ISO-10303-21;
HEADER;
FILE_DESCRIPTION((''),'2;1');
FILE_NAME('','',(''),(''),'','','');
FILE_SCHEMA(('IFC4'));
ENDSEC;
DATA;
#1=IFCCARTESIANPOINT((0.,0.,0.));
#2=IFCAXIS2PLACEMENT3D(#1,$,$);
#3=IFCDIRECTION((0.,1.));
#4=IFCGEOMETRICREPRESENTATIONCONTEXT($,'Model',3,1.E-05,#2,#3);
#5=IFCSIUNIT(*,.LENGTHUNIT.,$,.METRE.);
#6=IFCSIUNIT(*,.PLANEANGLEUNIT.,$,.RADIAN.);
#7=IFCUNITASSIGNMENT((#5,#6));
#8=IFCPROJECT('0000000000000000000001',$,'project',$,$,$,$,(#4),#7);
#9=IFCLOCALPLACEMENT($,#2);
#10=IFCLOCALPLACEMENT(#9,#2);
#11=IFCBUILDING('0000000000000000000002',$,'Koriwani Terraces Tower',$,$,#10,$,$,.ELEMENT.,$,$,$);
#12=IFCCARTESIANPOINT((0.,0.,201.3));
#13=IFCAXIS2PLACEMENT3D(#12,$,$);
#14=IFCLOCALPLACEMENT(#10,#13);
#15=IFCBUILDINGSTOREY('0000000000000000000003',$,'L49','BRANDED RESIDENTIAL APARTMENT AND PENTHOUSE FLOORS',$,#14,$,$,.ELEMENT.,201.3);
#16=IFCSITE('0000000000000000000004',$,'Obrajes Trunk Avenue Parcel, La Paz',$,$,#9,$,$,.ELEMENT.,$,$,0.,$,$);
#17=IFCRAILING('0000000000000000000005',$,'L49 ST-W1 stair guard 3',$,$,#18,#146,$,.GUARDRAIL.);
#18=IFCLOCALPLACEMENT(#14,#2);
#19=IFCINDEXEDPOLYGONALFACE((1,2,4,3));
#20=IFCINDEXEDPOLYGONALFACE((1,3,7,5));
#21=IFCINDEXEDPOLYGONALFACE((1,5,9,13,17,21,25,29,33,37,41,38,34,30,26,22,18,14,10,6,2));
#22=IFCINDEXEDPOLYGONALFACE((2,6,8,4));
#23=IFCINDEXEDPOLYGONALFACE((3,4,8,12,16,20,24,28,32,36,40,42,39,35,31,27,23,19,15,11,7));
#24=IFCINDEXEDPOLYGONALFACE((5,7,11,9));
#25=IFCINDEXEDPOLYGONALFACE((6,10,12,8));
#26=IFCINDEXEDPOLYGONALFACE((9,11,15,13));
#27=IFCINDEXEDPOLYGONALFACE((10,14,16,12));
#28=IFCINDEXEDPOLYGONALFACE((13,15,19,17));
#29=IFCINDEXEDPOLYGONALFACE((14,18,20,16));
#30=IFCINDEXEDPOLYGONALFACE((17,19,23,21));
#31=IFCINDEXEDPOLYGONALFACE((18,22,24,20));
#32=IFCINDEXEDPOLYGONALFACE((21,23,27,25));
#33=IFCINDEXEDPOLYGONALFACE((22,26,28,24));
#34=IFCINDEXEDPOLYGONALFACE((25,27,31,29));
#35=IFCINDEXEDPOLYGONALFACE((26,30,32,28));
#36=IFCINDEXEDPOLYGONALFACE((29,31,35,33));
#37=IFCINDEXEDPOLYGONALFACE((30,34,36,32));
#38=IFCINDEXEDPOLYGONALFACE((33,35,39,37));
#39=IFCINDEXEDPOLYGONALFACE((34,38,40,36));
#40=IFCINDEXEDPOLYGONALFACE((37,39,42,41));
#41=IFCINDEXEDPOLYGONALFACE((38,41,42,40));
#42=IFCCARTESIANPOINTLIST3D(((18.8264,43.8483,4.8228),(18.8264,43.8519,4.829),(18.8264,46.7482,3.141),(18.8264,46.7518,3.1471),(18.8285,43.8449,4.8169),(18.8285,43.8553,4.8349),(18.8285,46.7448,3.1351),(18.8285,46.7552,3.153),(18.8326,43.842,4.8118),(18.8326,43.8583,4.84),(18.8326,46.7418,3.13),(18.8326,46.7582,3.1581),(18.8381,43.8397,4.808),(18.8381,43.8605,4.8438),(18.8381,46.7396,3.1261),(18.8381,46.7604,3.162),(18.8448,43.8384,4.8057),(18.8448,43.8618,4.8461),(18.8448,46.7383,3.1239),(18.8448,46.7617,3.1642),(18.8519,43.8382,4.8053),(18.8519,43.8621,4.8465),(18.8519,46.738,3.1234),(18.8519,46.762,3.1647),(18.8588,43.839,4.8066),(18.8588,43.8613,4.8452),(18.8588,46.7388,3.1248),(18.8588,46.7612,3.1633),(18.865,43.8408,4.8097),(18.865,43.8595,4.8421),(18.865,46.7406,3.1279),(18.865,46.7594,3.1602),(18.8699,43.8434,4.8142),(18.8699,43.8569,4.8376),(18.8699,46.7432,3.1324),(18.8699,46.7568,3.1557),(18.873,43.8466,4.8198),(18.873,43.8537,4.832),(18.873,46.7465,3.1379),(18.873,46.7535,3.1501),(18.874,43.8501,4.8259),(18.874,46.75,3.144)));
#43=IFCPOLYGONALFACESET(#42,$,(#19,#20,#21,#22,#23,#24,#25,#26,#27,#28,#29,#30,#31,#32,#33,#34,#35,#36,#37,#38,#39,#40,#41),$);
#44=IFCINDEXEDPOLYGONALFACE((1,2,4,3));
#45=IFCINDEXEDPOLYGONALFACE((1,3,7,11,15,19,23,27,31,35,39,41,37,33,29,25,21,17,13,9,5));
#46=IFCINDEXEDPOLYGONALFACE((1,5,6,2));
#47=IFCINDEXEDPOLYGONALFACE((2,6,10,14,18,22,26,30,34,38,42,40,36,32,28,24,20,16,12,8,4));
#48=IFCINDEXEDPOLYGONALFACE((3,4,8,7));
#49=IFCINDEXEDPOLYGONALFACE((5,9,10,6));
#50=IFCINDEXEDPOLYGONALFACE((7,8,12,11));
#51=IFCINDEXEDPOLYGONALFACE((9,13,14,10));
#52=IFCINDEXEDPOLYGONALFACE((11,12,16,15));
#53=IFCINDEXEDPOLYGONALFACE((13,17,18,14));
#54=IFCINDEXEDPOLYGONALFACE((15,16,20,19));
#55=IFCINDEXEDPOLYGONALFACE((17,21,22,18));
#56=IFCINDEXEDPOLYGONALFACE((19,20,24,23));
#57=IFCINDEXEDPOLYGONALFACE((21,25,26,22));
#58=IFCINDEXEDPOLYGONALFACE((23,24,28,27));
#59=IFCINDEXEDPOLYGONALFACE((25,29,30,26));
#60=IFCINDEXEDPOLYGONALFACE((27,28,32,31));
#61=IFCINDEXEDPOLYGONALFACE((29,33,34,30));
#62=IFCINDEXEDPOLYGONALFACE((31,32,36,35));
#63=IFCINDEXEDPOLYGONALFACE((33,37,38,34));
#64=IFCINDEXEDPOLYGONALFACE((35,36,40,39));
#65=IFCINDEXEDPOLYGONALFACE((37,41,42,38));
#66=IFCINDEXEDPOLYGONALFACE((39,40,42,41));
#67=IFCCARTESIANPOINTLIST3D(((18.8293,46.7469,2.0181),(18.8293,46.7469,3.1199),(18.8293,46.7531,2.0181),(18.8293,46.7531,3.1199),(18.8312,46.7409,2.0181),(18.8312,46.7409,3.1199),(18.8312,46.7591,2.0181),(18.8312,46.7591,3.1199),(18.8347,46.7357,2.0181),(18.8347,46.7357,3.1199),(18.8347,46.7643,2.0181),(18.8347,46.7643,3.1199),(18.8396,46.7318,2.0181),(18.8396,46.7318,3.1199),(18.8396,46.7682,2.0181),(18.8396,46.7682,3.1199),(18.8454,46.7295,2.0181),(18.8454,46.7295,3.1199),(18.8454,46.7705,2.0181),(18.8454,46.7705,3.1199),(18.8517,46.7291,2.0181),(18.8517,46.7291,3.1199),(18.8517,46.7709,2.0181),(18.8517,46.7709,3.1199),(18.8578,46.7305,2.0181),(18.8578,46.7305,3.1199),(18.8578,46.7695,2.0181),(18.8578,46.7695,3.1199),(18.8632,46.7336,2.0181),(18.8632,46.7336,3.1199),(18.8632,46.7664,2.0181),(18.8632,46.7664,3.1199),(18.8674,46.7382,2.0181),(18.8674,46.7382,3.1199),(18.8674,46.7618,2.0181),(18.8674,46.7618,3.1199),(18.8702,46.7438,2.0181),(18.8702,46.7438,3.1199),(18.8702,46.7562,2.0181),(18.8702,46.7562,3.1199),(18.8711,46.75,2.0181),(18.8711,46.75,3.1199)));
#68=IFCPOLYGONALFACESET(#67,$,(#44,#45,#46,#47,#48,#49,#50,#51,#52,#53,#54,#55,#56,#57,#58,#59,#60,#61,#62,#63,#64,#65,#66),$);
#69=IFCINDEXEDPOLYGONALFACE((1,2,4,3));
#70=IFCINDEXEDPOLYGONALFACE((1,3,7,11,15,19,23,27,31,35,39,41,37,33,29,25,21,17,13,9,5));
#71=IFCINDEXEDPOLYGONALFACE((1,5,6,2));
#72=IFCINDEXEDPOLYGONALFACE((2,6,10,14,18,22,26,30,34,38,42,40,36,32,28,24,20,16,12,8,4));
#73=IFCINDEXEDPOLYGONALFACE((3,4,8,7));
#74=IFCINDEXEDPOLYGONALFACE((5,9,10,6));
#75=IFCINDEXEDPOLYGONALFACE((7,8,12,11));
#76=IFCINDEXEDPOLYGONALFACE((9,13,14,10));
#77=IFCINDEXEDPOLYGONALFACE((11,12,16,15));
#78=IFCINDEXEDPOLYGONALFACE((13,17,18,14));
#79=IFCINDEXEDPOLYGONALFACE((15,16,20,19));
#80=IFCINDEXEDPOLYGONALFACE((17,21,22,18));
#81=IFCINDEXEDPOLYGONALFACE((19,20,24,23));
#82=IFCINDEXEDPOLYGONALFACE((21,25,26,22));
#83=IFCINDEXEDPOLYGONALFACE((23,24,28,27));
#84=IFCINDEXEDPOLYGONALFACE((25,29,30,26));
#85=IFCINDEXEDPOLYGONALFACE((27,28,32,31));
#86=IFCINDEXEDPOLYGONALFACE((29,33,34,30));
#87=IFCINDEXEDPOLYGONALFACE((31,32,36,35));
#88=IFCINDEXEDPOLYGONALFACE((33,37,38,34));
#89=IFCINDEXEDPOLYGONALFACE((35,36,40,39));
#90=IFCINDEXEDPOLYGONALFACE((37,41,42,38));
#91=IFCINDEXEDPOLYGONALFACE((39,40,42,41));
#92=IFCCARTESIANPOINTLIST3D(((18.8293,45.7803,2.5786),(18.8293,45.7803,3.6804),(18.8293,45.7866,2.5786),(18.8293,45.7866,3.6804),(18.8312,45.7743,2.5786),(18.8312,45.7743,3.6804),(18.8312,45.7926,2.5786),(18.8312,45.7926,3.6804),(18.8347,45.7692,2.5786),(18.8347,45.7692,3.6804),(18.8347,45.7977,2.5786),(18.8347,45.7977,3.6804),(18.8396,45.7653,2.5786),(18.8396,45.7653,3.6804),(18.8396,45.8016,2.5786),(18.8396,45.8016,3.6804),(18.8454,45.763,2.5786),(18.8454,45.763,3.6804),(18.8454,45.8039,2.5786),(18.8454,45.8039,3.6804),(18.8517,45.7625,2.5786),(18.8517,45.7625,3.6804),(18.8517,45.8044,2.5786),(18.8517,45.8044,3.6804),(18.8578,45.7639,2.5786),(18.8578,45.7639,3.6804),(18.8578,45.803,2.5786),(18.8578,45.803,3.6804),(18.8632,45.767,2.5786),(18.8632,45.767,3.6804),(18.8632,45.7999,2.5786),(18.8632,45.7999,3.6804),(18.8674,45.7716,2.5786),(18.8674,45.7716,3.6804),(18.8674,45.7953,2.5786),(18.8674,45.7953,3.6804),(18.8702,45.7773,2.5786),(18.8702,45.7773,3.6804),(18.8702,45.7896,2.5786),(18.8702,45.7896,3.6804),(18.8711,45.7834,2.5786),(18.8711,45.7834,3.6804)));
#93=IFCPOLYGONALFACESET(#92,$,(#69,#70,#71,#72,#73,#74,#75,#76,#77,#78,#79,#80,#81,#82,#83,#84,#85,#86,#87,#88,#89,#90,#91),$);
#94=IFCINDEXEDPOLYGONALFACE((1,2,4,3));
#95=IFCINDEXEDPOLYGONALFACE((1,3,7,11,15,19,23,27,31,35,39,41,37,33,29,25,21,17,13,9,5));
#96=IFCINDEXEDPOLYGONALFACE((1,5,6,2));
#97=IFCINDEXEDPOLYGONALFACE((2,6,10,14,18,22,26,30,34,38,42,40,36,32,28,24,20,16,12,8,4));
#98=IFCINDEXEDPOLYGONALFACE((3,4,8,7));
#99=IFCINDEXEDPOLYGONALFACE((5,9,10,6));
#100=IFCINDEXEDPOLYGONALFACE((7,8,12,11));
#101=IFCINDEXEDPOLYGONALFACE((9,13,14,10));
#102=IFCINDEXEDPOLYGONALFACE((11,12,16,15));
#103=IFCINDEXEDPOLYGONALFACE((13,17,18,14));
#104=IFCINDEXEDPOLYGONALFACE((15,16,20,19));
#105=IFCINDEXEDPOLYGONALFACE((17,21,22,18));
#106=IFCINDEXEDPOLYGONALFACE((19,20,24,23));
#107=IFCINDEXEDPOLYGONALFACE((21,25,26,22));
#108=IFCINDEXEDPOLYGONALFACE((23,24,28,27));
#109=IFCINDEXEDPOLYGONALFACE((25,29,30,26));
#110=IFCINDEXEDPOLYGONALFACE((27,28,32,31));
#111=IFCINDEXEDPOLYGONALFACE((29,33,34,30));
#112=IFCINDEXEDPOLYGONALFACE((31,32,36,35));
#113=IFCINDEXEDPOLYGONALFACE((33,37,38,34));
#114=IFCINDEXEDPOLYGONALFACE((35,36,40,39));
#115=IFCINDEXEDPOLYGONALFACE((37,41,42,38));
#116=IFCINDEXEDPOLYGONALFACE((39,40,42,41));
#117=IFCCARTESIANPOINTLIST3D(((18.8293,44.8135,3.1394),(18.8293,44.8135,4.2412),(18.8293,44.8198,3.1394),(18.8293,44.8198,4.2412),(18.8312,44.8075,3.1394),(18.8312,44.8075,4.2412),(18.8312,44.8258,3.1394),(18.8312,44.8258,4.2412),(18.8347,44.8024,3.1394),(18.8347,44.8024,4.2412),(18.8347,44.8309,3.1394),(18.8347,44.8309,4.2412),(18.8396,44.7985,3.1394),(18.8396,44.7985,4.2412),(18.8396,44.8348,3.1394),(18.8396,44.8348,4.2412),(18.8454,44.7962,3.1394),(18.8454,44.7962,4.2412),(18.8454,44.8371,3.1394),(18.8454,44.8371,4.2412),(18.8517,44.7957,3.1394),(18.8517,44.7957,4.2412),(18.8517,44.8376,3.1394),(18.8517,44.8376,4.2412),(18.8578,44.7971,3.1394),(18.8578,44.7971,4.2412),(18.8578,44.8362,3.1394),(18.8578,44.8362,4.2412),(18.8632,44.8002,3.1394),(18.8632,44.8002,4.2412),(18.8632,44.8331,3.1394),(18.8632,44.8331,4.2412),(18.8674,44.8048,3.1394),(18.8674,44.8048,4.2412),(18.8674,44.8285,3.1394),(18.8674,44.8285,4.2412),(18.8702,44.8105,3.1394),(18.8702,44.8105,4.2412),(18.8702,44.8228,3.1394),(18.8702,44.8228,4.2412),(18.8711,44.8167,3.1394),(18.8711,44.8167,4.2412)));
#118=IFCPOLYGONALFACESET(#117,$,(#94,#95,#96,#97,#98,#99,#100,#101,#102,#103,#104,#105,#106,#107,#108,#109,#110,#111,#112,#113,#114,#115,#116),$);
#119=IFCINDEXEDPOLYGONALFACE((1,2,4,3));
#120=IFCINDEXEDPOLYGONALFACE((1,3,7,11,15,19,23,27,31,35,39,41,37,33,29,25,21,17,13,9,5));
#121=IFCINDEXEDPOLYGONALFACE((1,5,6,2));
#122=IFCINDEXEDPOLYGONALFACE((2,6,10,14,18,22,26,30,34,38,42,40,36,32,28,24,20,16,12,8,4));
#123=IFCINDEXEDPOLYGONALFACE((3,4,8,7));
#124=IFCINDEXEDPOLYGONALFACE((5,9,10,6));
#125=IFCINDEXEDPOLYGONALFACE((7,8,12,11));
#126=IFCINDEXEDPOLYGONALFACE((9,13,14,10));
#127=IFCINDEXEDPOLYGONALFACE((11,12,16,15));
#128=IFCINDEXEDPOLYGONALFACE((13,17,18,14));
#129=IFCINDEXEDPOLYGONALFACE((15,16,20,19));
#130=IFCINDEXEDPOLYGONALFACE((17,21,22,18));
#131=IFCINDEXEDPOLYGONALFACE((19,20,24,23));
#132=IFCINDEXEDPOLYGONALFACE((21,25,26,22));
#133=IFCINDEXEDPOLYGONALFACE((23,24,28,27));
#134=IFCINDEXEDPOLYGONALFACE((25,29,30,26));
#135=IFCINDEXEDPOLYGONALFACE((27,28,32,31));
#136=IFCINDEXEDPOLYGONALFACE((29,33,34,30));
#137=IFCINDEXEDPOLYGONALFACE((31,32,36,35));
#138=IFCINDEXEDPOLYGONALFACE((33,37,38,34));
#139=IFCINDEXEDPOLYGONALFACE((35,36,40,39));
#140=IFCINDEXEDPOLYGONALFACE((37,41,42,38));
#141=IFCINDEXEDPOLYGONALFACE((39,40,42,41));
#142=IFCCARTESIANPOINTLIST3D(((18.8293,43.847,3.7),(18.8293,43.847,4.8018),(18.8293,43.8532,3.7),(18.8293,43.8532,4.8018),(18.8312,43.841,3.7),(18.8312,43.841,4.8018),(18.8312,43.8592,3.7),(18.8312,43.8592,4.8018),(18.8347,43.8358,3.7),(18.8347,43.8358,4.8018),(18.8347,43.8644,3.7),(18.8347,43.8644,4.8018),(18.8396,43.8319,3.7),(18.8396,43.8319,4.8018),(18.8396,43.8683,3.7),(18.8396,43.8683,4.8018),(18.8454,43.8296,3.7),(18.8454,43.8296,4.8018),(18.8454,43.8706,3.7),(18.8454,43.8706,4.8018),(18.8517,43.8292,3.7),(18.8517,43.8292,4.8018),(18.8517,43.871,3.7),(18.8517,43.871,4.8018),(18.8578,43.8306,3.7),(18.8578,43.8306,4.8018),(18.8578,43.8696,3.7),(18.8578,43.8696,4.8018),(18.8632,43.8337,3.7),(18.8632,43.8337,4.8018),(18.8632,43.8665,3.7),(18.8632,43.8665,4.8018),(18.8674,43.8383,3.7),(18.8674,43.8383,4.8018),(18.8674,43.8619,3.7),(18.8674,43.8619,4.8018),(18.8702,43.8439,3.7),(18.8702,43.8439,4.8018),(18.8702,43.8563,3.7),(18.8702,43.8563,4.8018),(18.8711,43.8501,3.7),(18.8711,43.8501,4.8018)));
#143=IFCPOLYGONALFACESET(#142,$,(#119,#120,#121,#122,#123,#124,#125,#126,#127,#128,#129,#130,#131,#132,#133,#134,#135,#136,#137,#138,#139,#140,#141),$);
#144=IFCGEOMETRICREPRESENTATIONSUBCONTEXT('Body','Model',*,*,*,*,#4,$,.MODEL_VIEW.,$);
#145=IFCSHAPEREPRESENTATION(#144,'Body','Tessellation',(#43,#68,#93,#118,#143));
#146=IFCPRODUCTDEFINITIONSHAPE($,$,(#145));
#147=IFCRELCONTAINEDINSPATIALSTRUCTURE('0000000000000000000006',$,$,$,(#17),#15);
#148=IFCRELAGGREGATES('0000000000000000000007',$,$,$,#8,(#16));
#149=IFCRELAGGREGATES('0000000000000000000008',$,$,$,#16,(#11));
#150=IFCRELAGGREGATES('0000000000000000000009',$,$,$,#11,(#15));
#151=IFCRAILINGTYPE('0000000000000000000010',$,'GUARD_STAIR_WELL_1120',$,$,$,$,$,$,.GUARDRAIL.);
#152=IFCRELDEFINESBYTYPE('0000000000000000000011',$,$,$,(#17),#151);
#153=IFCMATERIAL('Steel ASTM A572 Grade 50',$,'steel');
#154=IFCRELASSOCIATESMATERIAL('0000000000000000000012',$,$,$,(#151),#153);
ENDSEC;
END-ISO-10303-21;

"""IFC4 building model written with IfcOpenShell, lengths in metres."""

from ifc_helpers import new_model, si_unit, direction, frame, origin, origin_2d, place, context, subcontext, project, spatial, circle, extrude, material, type_object, element, save


model = new_model("IFC4")

# Units and contexts
model_context = context("Model", 3, precision=1e-05, world=origin(), true_north=direction((0.0, 1.0)))
body_context = subcontext(model_context, "Body", "Model", "MODEL_VIEW")
ifc_project = project(units=[si_unit("LENGTHUNIT", "METRE"), si_unit("PLANEANGLEUNIT", "RADIAN")], contexts=[model_context])

# Site, building, storey
site_placement = place(None, origin())
site = spatial("IfcSite", under=ifc_project, at=site_placement, Name="Obrajes Trunk Avenue Parcel, La Paz", CompositionType="ELEMENT", RefElevation=0.0)
building_placement = place(site_placement, origin())
building = spatial("IfcBuilding", under=site, at=building_placement, Name="Koriwani Terraces Tower", CompositionType="ELEMENT")
storey_placement = place(building_placement, frame((0.0, 0.0, 201.3)))
storey = spatial("IfcBuildingStorey", under=building, at=storey_placement, Name="L49", Description="BRANDED RESIDENTIAL APARTMENT AND PENTHOUSE FLOORS", CompositionType="ELEMENT", Elevation=201.3)

# Shared definitions
ifc_material_1 = material(Name="Steel ASTM A572 Grade 50", Category="steel")

# Railing
railing_type_1 = type_object("IfcRailingType", Name="GUARD_STAIR_WELL_1120", PredefinedType="GUARDRAIL", material=ifc_material_1)
railing_1_placement = place(storey_placement, frame((18.8501, 46.75, 2.0181)))
element("IfcRailing", 1, at=railing_1_placement, inside=storey, type_object=railing_type_1, Name="L49 ST-W1 stair guard 3", PredefinedType="GUARDRAIL", context=body_context, shape_type="SweptSolid", body=[
    extrude(circle(Radius=0.0239, at=origin_2d()), frame((0.0, 0.0, 1.126), z_axis=(0.0, -0.865039, 0.501705), x_axis=(1.0, 0.0, 0.0)), (0.0, 0.0, 1.0), 3.3523),
    extrude(circle(Radius=0.021, at=origin_2d()), origin(), (0.0, 0.0, 1.0), 1.1018),
    extrude(circle(Radius=0.021, at=origin_2d()), frame((0.0, -0.9666, 0.5605)), (0.0, 0.0, 1.0), 1.1018),
    extrude(circle(Radius=0.021, at=origin_2d()), frame((0.0, -1.9333, 1.1213)), (0.0, 0.0, 1.0), 1.1018),
    extrude(circle(Radius=0.021, at=origin_2d()), frame((0.0, -2.8999, 1.6819)), (0.0, 0.0, 1.0), 1.1018),
])

save(model, "model.ifc")
